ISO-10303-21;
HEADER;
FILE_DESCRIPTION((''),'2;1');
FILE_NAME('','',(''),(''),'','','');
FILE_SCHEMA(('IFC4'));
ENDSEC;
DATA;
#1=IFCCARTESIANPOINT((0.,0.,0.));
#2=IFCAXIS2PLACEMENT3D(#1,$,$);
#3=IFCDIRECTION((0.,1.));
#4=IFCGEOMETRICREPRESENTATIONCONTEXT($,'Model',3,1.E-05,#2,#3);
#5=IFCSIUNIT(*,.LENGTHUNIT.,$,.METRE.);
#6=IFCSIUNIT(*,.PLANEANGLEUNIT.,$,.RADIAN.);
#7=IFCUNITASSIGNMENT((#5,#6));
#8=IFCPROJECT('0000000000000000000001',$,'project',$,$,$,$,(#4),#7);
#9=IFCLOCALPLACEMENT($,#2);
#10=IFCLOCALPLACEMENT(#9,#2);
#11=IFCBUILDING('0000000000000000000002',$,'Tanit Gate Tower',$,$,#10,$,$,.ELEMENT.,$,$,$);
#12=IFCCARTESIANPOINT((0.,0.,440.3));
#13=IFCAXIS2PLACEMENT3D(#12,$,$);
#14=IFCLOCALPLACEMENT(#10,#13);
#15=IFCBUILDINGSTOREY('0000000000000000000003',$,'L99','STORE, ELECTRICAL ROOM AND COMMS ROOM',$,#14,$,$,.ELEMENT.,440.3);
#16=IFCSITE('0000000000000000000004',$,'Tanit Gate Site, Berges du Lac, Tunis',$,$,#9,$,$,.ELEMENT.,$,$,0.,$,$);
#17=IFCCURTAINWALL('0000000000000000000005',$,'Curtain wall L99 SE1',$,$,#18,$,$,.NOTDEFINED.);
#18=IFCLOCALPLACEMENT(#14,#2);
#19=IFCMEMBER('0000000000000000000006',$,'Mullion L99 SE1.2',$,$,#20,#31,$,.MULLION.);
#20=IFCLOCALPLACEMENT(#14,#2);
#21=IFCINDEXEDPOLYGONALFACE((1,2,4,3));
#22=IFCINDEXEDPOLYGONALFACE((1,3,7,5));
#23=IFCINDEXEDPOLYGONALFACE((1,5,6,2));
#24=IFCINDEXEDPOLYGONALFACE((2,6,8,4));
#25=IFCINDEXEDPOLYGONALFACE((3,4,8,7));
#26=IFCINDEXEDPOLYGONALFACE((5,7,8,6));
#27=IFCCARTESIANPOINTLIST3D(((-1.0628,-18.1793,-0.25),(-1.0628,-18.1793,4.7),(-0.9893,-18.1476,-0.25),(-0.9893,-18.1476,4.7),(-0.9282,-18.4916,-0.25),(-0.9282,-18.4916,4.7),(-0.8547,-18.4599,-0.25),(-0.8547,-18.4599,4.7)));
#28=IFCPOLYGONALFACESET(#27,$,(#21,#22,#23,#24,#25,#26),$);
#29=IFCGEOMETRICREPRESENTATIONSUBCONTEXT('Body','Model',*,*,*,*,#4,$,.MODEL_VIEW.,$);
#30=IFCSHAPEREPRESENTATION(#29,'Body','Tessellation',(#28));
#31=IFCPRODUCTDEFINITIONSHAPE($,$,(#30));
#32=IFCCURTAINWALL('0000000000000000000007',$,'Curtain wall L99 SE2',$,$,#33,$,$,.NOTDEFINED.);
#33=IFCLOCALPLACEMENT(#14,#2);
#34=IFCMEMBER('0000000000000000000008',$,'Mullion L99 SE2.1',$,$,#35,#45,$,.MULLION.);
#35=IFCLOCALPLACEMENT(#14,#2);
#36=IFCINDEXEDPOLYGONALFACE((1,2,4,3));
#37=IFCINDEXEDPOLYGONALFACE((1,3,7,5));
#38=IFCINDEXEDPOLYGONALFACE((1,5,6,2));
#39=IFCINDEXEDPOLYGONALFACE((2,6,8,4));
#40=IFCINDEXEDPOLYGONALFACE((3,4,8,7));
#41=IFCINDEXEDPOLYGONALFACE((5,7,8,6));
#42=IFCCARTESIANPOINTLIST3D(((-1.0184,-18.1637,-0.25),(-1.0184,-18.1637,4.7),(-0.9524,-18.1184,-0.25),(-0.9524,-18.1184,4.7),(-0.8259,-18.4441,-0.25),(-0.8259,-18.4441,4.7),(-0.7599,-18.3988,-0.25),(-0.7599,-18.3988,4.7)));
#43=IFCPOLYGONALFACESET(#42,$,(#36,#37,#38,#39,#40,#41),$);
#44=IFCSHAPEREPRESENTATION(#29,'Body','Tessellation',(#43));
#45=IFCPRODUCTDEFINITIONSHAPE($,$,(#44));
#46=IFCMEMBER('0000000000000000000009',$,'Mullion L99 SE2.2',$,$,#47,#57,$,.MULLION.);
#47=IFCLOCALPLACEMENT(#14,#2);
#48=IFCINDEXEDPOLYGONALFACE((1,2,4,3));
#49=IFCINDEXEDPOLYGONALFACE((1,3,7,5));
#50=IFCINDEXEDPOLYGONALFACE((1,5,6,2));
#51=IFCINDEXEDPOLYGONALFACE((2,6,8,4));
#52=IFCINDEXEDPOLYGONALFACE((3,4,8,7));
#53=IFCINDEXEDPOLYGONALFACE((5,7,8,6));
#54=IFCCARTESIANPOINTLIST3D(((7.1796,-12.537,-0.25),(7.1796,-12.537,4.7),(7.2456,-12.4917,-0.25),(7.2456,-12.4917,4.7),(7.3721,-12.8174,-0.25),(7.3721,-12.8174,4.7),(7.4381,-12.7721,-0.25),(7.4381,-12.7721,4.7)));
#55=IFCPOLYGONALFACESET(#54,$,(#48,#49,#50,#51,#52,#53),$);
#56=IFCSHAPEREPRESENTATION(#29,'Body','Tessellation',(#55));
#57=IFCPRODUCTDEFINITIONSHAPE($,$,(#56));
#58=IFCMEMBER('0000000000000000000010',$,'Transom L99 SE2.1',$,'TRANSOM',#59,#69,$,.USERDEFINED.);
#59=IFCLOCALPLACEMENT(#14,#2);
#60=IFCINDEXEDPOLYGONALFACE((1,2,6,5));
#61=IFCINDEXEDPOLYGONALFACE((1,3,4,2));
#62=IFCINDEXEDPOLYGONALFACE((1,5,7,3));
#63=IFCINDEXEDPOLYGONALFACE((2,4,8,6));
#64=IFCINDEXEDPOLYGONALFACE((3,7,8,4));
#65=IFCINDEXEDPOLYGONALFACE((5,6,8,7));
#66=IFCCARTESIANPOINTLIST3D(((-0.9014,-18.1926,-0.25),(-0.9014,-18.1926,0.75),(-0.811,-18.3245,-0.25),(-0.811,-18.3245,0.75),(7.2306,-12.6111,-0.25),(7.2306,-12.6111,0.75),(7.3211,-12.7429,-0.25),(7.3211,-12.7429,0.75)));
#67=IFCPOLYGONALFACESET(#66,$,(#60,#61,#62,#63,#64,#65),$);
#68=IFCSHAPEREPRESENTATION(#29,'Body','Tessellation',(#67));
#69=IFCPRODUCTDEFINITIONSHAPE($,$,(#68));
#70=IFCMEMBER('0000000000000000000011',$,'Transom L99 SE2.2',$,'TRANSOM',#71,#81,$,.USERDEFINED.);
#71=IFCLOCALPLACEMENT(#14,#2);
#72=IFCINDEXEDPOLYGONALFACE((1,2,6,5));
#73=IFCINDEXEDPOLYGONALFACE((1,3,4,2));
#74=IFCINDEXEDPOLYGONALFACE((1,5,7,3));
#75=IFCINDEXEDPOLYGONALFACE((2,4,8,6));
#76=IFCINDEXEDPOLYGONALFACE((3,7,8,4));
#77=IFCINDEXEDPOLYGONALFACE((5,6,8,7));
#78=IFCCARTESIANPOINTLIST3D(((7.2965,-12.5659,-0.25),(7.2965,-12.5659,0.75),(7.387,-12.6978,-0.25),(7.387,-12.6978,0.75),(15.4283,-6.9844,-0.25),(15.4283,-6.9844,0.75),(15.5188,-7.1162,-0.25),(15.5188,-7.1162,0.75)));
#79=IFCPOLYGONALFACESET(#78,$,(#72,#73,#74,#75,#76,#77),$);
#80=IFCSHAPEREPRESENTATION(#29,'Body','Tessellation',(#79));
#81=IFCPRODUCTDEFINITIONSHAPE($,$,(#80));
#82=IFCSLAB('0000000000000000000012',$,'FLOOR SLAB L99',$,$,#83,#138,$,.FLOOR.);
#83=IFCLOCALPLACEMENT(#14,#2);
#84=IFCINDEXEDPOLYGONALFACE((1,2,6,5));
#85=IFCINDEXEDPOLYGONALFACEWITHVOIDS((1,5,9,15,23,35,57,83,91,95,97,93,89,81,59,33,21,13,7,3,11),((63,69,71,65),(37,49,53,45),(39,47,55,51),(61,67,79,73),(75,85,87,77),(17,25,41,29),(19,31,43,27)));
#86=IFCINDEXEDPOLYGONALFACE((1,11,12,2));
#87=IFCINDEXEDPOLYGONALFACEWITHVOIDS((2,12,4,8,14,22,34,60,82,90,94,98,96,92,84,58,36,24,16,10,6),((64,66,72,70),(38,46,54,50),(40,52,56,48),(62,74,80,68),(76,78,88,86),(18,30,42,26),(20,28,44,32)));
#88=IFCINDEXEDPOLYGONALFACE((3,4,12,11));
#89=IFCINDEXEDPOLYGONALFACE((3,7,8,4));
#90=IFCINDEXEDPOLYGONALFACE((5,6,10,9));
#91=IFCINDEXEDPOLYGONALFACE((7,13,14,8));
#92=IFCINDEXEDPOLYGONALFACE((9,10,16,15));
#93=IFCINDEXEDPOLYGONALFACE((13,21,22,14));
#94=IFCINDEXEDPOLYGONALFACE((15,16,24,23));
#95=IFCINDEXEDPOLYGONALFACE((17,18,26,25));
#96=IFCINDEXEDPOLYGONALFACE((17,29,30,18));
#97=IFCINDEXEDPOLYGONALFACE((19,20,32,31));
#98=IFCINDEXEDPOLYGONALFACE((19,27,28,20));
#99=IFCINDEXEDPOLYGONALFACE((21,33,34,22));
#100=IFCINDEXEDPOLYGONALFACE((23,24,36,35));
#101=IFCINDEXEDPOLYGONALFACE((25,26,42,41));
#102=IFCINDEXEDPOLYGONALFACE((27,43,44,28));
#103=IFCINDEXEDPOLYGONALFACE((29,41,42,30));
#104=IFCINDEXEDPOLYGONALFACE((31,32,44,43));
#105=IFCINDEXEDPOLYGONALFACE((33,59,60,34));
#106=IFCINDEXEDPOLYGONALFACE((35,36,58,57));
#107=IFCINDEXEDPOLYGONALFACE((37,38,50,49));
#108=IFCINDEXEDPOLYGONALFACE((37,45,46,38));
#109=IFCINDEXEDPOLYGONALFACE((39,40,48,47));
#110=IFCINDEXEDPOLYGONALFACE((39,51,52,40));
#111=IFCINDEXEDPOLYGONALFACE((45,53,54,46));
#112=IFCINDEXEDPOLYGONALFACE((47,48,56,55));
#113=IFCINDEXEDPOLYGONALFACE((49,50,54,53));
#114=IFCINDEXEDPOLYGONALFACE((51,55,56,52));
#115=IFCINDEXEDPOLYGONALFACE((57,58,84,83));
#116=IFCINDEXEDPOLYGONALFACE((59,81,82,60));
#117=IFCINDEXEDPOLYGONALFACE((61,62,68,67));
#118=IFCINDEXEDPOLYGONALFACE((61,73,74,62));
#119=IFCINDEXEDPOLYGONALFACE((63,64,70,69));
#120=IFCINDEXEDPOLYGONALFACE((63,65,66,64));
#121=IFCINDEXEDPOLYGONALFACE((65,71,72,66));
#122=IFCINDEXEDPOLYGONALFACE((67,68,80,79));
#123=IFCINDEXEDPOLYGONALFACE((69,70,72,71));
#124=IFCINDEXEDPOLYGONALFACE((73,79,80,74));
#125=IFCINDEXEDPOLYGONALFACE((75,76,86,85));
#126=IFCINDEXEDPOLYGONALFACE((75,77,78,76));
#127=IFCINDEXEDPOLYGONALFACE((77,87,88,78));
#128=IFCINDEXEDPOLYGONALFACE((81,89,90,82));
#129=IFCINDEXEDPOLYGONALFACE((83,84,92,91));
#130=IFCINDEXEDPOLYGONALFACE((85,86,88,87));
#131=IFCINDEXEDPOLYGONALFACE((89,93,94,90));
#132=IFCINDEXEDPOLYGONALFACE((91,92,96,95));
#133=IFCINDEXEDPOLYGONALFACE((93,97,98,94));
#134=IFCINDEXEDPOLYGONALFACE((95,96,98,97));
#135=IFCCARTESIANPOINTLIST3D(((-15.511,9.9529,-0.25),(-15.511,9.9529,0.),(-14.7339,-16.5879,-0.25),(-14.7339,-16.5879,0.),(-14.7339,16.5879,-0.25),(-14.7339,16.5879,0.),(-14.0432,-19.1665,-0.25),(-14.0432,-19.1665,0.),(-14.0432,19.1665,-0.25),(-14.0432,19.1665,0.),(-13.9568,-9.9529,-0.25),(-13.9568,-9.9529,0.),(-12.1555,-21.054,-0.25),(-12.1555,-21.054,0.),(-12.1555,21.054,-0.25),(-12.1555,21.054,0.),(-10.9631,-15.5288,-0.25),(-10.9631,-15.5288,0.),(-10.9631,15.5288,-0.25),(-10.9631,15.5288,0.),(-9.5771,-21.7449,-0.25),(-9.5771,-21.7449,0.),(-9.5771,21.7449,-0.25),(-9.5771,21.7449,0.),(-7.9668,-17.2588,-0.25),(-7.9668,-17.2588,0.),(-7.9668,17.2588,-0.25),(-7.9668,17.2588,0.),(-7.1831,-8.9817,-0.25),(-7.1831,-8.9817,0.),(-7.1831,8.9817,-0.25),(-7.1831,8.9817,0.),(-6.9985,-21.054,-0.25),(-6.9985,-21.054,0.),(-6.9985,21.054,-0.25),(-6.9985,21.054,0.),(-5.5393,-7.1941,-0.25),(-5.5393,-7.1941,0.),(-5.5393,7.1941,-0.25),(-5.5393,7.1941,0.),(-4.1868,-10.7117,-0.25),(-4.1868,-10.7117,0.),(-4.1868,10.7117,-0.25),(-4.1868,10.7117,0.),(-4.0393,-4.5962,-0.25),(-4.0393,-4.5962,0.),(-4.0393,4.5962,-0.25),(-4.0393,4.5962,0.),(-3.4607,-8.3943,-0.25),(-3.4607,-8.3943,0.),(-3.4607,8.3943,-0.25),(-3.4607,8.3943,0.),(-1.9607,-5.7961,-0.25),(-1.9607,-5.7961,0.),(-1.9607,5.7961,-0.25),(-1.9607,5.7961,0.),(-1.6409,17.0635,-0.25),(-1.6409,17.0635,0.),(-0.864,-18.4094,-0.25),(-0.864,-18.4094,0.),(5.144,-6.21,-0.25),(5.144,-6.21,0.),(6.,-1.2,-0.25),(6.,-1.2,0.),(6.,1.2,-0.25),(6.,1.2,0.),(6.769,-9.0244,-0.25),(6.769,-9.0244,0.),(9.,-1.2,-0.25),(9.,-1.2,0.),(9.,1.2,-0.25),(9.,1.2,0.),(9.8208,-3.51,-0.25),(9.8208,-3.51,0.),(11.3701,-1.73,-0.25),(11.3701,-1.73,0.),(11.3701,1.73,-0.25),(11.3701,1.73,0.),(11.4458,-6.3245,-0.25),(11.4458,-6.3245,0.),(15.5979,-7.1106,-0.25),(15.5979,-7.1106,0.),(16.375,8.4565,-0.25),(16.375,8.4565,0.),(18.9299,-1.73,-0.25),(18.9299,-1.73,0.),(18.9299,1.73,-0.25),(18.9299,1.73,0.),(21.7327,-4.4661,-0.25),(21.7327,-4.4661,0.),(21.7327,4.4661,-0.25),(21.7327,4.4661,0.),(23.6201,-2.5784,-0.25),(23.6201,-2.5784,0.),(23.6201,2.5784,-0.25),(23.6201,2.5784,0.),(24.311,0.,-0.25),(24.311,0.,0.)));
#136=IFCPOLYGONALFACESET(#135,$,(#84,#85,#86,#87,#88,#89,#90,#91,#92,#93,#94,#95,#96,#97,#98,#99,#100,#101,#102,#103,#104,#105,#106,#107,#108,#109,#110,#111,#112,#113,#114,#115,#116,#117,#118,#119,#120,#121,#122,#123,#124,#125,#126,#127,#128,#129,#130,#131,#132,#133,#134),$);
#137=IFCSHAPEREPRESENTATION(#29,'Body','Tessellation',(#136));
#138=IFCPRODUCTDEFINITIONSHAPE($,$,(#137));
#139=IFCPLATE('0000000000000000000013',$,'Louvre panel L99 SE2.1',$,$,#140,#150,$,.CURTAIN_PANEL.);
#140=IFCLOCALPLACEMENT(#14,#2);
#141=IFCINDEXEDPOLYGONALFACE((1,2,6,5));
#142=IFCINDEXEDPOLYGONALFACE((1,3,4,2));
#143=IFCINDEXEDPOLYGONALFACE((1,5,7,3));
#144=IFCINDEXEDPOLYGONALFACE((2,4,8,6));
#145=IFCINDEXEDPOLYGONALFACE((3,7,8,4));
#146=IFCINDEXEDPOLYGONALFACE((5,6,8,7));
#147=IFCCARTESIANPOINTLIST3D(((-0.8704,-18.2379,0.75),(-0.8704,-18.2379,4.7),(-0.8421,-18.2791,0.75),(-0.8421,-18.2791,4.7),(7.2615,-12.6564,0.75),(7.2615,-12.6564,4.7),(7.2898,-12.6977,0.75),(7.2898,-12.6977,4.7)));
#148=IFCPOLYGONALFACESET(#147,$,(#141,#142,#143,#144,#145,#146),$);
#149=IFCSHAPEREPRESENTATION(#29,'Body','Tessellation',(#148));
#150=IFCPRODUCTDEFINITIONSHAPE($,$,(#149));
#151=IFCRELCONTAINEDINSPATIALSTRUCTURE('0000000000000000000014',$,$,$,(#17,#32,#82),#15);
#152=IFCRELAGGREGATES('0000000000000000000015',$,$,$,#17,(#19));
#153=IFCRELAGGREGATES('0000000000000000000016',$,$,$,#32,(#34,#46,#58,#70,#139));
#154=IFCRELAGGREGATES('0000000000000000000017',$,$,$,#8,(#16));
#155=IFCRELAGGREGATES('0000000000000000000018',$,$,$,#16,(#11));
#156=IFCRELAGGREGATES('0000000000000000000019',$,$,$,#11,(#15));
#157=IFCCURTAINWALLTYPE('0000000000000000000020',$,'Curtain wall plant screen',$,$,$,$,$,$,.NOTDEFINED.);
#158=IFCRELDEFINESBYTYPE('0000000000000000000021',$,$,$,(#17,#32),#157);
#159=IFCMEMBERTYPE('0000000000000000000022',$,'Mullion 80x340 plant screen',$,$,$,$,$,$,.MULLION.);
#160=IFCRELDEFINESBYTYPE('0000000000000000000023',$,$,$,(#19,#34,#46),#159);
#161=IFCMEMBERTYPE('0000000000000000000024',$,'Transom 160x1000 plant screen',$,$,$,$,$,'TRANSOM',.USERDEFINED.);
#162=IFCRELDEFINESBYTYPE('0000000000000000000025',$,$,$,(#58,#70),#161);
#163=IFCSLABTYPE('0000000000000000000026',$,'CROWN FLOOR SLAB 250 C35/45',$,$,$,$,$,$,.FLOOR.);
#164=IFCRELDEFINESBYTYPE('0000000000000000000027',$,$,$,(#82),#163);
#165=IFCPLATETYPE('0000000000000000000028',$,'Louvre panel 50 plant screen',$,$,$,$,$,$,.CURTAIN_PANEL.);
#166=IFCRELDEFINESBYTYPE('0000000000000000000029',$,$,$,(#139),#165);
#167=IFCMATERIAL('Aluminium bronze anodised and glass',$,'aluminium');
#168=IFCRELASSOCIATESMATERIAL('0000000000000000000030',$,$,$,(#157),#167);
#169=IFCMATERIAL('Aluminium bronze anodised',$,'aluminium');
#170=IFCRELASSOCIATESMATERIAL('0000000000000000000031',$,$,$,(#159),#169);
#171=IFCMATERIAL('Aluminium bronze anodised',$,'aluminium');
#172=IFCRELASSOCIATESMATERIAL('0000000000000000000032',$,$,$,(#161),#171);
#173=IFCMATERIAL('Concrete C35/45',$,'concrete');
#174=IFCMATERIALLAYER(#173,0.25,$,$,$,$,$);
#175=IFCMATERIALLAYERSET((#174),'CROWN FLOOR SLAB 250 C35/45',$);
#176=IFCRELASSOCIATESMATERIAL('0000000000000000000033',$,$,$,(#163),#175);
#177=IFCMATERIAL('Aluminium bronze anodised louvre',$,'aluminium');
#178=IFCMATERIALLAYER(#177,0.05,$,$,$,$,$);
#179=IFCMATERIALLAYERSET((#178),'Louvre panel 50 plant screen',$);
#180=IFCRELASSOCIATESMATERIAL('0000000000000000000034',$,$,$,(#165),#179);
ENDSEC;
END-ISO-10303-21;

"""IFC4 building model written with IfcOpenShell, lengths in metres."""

from ifc_helpers import new_model, si_unit, direction, frame, origin, origin_2d, place, context, subcontext, project, spatial, polyline, rectangle, outline, extrude, material, layer, layer_set, material_profile, profile_set, type_object, element, aggregate, save


model = new_model("IFC4")

# Units and contexts
model_context = context("Model", 3, precision=1e-05, world=origin(), true_north=direction((0.0, 1.0)))
body_context = subcontext(model_context, "Body", "Model", "MODEL_VIEW")
ifc_project = project(units=[si_unit("LENGTHUNIT", "METRE"), si_unit("PLANEANGLEUNIT", "RADIAN")], contexts=[model_context])

# Site, building, storey
site_placement = place(None, origin())
site = spatial("IfcSite", under=ifc_project, at=site_placement, Name="Tanit Gate Site, Berges du Lac, Tunis", CompositionType="ELEMENT", RefElevation=0.0)
building_placement = place(site_placement, origin())
building = spatial("IfcBuilding", under=site, at=building_placement, Name="Tanit Gate Tower", CompositionType="ELEMENT")
storey_placement = place(building_placement, frame((0.0, 0.0, 440.3)))
storey = spatial("IfcBuildingStorey", under=building, at=storey_placement, Name="L99", Description="STORE, ELECTRICAL ROOM AND COMMS ROOM", CompositionType="ELEMENT", Elevation=440.3)

# Curtain wall, member
ifc_material_1 = material(Name="Aluminium bronze anodised and glass", Category="aluminium")
curtain_wall_type = type_object("IfcCurtainWallType", Name="Curtain wall plant screen", PredefinedType="NOTDEFINED", material=ifc_material_1)
curtain_wall_1_placement = place(storey_placement, origin())
curtain_wall_1 = element("IfcCurtainWall", 1, at=curtain_wall_1_placement, inside=storey, type_object=curtain_wall_type, Name="Curtain wall L99 SE1", PredefinedType="NOTDEFINED")
ifc_material_2 = material(Name="Aluminium bronze anodised", Category="aluminium")
ifc_material_profile_1 = material_profile(ifc_material_2, rectangle(XDim=0.3401, YDim=0.0801, at=origin_2d()), Name="80x340 bronze mullion")
ifc_profile_set_1 = profile_set([ifc_material_profile_1], Name="Aluminium bronze anodised")
member_type_1 = type_object("IfcMemberType", Name="Mullion 80x340 plant screen", PredefinedType="MULLION", material=ifc_profile_set_1)
member_1_placement = place(storey_placement, frame((-0.9587, -18.3196, -0.25), z_axis=(0.0, 0.0, 1.0), x_axis=(-0.395871, 0.918306, 0.0)))
member_1 = element("IfcMember", 2, at=member_1_placement, type_object=member_type_1, Name="Mullion L99 SE1.2", PredefinedType="MULLION", context=body_context, shape_type="SweptSolid", body=[
    extrude(rectangle(XDim=0.3401, YDim=0.0801, at=origin_2d()), origin(), (0.0, 0.0, 1.0), 4.95),
])
aggregate(curtain_wall_1, [member_1])

# Curtain wall, members
curtain_wall_2_placement = place(storey_placement, origin())
curtain_wall_2 = element("IfcCurtainWall", 3, at=curtain_wall_2_placement, inside=storey, type_object=curtain_wall_type, Name="Curtain wall L99 SE2", PredefinedType="NOTDEFINED")
member_2_placement = place(storey_placement, frame((-0.8892, -18.2812, -0.25), z_axis=(0.0, 0.0, 1.0), x_axis=(-0.565893, 0.824479, 0.0)))
member_2 = element("IfcMember", 4, at=member_2_placement, type_object=member_type_1, Name="Mullion L99 SE2.1", PredefinedType="MULLION", context=body_context, shape_type="SweptSolid", body=[
    extrude(rectangle(XDim=0.3401, YDim=0.0801, at=origin_2d()), origin(), (0.0, 0.0, 1.0), 4.95),
])
member_3_placement = place(storey_placement, frame((7.3088, -12.6545, -0.25), z_axis=(0.0, 0.0, 1.0), x_axis=(-0.565893, 0.824479, 0.0)))
member_3 = element("IfcMember", 5, at=member_3_placement, type_object=member_type_1, Name="Mullion L99 SE2.2", PredefinedType="MULLION", context=body_context, shape_type="SweptSolid", body=[
    extrude(rectangle(XDim=0.3401, YDim=0.0801, at=origin_2d()), origin(), (0.0, 0.0, 1.0), 4.95),
])
ifc_material_3 = material(Name="Aluminium bronze anodised", Category="aluminium")
ifc_material_profile_2 = material_profile(ifc_material_3, rectangle(XDim=0.1599, YDim=1.0, at=origin_2d()), Name="160x1000 bronze transom")
ifc_profile_set_2 = profile_set([ifc_material_profile_2], Name="Aluminium bronze anodised")
member_type_2 = type_object("IfcMemberType", Name="Transom 160x1000 plant screen", ElementType="TRANSOM", PredefinedType="USERDEFINED", material=ifc_profile_set_2)
member_4_placement = place(storey_placement, frame((-0.8562, -18.2585, 0.25), z_axis=(0.82448, 0.565891, 0.0), x_axis=(-0.565891, 0.82448, 0.0)))
member_4 = element("IfcMember", 6, at=member_4_placement, type_object=member_type_2, Name="Transom L99 SE2.1", ObjectType="TRANSOM", PredefinedType="USERDEFINED", context=body_context, shape_type="SweptSolid", body=[
    extrude(rectangle(XDim=0.1599, YDim=1.0, at=origin_2d()), origin(), (0.0, 0.0, 1.0), 9.8633),
])
member_5_placement = place(storey_placement, frame((7.3418, -12.6318, 0.25), z_axis=(0.824472, 0.565903, 0.0), x_axis=(-0.565903, 0.824472, 0.0)))
member_5 = element("IfcMember", 7, at=member_5_placement, type_object=member_type_2, Name="Transom L99 SE2.2", ObjectType="TRANSOM", PredefinedType="USERDEFINED", context=body_context, shape_type="SweptSolid", body=[
    extrude(rectangle(XDim=0.1599, YDim=1.0, at=origin_2d()), origin(), (0.0, 0.0, 1.0), 9.863),
])

# Slab
ifc_material_4 = material(Name="Concrete C35/45", Category="concrete")
ifc_layer_1 = layer(ifc_material_4, 0.25)
ifc_layer_set_1 = layer_set([ifc_layer_1], Name="CROWN FLOOR SLAB 250 C35/45")
slab_type_1 = type_object("IfcSlabType", Name="CROWN FLOOR SLAB 250 C35/45", PredefinedType="FLOOR", material=ifc_layer_set_1)
slab_1_placement = place(storey_placement, frame((0.0, 0.0, -0.25)))
element("IfcSlab", 8, at=slab_1_placement, inside=storey, type_object=slab_type_1, Name="FLOOR SLAB L99", PredefinedType="FLOOR", context=body_context, shape_type="SweptSolid", body=[
    extrude(outline(polyline([(21.7327, 4.4661), (23.6201, 2.5784), (24.311, 0.0), (23.6201, -2.5784), (21.7327, -4.4661), (15.5979, -7.1106), (-0.864, -18.4094), (-6.9985, -21.054), (-9.5771, -21.7449), (-12.1555, -21.054), (-14.0432, -19.1665), (-14.7339, -16.5879), (-13.9568, -9.9529), (-15.511, 9.9529), (-14.7339, 16.5879), (-14.0432, 19.1665), (-12.1555, 21.054), (-9.5771, 21.7449), (-6.9985, 21.054), (-1.6409, 17.0635), (16.375, 8.4565), (21.7327, 4.4661)]), holes=[polyline([(11.3701, -1.73), (11.3701, 1.73), (18.9299, 1.73), (18.9299, -1.73), (11.3701, -1.73)]), polyline([(9.8208, -3.51), (11.4458, -6.3245), (6.769, -9.0244), (5.144, -6.21), (9.8208, -3.51)]), polyline([(6.0, -1.2), (6.0, 1.2), (9.0, 1.2), (9.0, -1.2), (6.0, -1.2)]), polyline([(-1.9607, 5.7961), (-4.0393, 4.5962), (-5.5393, 7.1941), (-3.4607, 8.3943), (-1.9607, 5.7961)]), polyline([(-4.0393, -4.5962), (-1.9607, -5.7961), (-3.4607, -8.3943), (-5.5393, -7.1941), (-4.0393, -4.5962)]), polyline([(-4.1868, 10.7117), (-7.1831, 8.9817), (-10.9631, 15.5288), (-7.9668, 17.2588), (-4.1868, 10.7117)]), polyline([(-7.1831, -8.9817), (-4.1868, -10.7117), (-7.9668, -17.2588), (-10.9631, -15.5288), (-7.1831, -8.9817)])]), origin(), (0.0, 0.0, 1.0), 0.25),
])

# Plate
ifc_material_5 = material(Name="Aluminium bronze anodised louvre", Category="aluminium")
ifc_layer_2 = layer(ifc_material_5, 0.05)
ifc_layer_set_2 = layer_set([ifc_layer_2], Name="Louvre panel 50 plant screen")
plate_type = type_object("IfcPlateType", Name="Louvre panel 50 plant screen", PredefinedType="CURTAIN_PANEL", material=ifc_layer_set_2)
plate_placement = place(storey_placement, frame((3.2097, -15.4678, 0.75), z_axis=(0.0, 0.0, 1.0), x_axis=(0.824479, 0.565893, 0.0)))
plate = element("IfcPlate", 9, at=plate_placement, type_object=plate_type, Name="Louvre panel L99 SE2.1", PredefinedType="CURTAIN_PANEL", context=body_context, shape_type="SweptSolid", body=[
    extrude(rectangle(XDim=9.863, YDim=0.05, at=origin_2d()), origin(), (0.0, 0.0, 1.0), 3.95),
])
aggregate(curtain_wall_2, [member_2, member_3, member_4, member_5, plate])

save(model, "model.ifc")
